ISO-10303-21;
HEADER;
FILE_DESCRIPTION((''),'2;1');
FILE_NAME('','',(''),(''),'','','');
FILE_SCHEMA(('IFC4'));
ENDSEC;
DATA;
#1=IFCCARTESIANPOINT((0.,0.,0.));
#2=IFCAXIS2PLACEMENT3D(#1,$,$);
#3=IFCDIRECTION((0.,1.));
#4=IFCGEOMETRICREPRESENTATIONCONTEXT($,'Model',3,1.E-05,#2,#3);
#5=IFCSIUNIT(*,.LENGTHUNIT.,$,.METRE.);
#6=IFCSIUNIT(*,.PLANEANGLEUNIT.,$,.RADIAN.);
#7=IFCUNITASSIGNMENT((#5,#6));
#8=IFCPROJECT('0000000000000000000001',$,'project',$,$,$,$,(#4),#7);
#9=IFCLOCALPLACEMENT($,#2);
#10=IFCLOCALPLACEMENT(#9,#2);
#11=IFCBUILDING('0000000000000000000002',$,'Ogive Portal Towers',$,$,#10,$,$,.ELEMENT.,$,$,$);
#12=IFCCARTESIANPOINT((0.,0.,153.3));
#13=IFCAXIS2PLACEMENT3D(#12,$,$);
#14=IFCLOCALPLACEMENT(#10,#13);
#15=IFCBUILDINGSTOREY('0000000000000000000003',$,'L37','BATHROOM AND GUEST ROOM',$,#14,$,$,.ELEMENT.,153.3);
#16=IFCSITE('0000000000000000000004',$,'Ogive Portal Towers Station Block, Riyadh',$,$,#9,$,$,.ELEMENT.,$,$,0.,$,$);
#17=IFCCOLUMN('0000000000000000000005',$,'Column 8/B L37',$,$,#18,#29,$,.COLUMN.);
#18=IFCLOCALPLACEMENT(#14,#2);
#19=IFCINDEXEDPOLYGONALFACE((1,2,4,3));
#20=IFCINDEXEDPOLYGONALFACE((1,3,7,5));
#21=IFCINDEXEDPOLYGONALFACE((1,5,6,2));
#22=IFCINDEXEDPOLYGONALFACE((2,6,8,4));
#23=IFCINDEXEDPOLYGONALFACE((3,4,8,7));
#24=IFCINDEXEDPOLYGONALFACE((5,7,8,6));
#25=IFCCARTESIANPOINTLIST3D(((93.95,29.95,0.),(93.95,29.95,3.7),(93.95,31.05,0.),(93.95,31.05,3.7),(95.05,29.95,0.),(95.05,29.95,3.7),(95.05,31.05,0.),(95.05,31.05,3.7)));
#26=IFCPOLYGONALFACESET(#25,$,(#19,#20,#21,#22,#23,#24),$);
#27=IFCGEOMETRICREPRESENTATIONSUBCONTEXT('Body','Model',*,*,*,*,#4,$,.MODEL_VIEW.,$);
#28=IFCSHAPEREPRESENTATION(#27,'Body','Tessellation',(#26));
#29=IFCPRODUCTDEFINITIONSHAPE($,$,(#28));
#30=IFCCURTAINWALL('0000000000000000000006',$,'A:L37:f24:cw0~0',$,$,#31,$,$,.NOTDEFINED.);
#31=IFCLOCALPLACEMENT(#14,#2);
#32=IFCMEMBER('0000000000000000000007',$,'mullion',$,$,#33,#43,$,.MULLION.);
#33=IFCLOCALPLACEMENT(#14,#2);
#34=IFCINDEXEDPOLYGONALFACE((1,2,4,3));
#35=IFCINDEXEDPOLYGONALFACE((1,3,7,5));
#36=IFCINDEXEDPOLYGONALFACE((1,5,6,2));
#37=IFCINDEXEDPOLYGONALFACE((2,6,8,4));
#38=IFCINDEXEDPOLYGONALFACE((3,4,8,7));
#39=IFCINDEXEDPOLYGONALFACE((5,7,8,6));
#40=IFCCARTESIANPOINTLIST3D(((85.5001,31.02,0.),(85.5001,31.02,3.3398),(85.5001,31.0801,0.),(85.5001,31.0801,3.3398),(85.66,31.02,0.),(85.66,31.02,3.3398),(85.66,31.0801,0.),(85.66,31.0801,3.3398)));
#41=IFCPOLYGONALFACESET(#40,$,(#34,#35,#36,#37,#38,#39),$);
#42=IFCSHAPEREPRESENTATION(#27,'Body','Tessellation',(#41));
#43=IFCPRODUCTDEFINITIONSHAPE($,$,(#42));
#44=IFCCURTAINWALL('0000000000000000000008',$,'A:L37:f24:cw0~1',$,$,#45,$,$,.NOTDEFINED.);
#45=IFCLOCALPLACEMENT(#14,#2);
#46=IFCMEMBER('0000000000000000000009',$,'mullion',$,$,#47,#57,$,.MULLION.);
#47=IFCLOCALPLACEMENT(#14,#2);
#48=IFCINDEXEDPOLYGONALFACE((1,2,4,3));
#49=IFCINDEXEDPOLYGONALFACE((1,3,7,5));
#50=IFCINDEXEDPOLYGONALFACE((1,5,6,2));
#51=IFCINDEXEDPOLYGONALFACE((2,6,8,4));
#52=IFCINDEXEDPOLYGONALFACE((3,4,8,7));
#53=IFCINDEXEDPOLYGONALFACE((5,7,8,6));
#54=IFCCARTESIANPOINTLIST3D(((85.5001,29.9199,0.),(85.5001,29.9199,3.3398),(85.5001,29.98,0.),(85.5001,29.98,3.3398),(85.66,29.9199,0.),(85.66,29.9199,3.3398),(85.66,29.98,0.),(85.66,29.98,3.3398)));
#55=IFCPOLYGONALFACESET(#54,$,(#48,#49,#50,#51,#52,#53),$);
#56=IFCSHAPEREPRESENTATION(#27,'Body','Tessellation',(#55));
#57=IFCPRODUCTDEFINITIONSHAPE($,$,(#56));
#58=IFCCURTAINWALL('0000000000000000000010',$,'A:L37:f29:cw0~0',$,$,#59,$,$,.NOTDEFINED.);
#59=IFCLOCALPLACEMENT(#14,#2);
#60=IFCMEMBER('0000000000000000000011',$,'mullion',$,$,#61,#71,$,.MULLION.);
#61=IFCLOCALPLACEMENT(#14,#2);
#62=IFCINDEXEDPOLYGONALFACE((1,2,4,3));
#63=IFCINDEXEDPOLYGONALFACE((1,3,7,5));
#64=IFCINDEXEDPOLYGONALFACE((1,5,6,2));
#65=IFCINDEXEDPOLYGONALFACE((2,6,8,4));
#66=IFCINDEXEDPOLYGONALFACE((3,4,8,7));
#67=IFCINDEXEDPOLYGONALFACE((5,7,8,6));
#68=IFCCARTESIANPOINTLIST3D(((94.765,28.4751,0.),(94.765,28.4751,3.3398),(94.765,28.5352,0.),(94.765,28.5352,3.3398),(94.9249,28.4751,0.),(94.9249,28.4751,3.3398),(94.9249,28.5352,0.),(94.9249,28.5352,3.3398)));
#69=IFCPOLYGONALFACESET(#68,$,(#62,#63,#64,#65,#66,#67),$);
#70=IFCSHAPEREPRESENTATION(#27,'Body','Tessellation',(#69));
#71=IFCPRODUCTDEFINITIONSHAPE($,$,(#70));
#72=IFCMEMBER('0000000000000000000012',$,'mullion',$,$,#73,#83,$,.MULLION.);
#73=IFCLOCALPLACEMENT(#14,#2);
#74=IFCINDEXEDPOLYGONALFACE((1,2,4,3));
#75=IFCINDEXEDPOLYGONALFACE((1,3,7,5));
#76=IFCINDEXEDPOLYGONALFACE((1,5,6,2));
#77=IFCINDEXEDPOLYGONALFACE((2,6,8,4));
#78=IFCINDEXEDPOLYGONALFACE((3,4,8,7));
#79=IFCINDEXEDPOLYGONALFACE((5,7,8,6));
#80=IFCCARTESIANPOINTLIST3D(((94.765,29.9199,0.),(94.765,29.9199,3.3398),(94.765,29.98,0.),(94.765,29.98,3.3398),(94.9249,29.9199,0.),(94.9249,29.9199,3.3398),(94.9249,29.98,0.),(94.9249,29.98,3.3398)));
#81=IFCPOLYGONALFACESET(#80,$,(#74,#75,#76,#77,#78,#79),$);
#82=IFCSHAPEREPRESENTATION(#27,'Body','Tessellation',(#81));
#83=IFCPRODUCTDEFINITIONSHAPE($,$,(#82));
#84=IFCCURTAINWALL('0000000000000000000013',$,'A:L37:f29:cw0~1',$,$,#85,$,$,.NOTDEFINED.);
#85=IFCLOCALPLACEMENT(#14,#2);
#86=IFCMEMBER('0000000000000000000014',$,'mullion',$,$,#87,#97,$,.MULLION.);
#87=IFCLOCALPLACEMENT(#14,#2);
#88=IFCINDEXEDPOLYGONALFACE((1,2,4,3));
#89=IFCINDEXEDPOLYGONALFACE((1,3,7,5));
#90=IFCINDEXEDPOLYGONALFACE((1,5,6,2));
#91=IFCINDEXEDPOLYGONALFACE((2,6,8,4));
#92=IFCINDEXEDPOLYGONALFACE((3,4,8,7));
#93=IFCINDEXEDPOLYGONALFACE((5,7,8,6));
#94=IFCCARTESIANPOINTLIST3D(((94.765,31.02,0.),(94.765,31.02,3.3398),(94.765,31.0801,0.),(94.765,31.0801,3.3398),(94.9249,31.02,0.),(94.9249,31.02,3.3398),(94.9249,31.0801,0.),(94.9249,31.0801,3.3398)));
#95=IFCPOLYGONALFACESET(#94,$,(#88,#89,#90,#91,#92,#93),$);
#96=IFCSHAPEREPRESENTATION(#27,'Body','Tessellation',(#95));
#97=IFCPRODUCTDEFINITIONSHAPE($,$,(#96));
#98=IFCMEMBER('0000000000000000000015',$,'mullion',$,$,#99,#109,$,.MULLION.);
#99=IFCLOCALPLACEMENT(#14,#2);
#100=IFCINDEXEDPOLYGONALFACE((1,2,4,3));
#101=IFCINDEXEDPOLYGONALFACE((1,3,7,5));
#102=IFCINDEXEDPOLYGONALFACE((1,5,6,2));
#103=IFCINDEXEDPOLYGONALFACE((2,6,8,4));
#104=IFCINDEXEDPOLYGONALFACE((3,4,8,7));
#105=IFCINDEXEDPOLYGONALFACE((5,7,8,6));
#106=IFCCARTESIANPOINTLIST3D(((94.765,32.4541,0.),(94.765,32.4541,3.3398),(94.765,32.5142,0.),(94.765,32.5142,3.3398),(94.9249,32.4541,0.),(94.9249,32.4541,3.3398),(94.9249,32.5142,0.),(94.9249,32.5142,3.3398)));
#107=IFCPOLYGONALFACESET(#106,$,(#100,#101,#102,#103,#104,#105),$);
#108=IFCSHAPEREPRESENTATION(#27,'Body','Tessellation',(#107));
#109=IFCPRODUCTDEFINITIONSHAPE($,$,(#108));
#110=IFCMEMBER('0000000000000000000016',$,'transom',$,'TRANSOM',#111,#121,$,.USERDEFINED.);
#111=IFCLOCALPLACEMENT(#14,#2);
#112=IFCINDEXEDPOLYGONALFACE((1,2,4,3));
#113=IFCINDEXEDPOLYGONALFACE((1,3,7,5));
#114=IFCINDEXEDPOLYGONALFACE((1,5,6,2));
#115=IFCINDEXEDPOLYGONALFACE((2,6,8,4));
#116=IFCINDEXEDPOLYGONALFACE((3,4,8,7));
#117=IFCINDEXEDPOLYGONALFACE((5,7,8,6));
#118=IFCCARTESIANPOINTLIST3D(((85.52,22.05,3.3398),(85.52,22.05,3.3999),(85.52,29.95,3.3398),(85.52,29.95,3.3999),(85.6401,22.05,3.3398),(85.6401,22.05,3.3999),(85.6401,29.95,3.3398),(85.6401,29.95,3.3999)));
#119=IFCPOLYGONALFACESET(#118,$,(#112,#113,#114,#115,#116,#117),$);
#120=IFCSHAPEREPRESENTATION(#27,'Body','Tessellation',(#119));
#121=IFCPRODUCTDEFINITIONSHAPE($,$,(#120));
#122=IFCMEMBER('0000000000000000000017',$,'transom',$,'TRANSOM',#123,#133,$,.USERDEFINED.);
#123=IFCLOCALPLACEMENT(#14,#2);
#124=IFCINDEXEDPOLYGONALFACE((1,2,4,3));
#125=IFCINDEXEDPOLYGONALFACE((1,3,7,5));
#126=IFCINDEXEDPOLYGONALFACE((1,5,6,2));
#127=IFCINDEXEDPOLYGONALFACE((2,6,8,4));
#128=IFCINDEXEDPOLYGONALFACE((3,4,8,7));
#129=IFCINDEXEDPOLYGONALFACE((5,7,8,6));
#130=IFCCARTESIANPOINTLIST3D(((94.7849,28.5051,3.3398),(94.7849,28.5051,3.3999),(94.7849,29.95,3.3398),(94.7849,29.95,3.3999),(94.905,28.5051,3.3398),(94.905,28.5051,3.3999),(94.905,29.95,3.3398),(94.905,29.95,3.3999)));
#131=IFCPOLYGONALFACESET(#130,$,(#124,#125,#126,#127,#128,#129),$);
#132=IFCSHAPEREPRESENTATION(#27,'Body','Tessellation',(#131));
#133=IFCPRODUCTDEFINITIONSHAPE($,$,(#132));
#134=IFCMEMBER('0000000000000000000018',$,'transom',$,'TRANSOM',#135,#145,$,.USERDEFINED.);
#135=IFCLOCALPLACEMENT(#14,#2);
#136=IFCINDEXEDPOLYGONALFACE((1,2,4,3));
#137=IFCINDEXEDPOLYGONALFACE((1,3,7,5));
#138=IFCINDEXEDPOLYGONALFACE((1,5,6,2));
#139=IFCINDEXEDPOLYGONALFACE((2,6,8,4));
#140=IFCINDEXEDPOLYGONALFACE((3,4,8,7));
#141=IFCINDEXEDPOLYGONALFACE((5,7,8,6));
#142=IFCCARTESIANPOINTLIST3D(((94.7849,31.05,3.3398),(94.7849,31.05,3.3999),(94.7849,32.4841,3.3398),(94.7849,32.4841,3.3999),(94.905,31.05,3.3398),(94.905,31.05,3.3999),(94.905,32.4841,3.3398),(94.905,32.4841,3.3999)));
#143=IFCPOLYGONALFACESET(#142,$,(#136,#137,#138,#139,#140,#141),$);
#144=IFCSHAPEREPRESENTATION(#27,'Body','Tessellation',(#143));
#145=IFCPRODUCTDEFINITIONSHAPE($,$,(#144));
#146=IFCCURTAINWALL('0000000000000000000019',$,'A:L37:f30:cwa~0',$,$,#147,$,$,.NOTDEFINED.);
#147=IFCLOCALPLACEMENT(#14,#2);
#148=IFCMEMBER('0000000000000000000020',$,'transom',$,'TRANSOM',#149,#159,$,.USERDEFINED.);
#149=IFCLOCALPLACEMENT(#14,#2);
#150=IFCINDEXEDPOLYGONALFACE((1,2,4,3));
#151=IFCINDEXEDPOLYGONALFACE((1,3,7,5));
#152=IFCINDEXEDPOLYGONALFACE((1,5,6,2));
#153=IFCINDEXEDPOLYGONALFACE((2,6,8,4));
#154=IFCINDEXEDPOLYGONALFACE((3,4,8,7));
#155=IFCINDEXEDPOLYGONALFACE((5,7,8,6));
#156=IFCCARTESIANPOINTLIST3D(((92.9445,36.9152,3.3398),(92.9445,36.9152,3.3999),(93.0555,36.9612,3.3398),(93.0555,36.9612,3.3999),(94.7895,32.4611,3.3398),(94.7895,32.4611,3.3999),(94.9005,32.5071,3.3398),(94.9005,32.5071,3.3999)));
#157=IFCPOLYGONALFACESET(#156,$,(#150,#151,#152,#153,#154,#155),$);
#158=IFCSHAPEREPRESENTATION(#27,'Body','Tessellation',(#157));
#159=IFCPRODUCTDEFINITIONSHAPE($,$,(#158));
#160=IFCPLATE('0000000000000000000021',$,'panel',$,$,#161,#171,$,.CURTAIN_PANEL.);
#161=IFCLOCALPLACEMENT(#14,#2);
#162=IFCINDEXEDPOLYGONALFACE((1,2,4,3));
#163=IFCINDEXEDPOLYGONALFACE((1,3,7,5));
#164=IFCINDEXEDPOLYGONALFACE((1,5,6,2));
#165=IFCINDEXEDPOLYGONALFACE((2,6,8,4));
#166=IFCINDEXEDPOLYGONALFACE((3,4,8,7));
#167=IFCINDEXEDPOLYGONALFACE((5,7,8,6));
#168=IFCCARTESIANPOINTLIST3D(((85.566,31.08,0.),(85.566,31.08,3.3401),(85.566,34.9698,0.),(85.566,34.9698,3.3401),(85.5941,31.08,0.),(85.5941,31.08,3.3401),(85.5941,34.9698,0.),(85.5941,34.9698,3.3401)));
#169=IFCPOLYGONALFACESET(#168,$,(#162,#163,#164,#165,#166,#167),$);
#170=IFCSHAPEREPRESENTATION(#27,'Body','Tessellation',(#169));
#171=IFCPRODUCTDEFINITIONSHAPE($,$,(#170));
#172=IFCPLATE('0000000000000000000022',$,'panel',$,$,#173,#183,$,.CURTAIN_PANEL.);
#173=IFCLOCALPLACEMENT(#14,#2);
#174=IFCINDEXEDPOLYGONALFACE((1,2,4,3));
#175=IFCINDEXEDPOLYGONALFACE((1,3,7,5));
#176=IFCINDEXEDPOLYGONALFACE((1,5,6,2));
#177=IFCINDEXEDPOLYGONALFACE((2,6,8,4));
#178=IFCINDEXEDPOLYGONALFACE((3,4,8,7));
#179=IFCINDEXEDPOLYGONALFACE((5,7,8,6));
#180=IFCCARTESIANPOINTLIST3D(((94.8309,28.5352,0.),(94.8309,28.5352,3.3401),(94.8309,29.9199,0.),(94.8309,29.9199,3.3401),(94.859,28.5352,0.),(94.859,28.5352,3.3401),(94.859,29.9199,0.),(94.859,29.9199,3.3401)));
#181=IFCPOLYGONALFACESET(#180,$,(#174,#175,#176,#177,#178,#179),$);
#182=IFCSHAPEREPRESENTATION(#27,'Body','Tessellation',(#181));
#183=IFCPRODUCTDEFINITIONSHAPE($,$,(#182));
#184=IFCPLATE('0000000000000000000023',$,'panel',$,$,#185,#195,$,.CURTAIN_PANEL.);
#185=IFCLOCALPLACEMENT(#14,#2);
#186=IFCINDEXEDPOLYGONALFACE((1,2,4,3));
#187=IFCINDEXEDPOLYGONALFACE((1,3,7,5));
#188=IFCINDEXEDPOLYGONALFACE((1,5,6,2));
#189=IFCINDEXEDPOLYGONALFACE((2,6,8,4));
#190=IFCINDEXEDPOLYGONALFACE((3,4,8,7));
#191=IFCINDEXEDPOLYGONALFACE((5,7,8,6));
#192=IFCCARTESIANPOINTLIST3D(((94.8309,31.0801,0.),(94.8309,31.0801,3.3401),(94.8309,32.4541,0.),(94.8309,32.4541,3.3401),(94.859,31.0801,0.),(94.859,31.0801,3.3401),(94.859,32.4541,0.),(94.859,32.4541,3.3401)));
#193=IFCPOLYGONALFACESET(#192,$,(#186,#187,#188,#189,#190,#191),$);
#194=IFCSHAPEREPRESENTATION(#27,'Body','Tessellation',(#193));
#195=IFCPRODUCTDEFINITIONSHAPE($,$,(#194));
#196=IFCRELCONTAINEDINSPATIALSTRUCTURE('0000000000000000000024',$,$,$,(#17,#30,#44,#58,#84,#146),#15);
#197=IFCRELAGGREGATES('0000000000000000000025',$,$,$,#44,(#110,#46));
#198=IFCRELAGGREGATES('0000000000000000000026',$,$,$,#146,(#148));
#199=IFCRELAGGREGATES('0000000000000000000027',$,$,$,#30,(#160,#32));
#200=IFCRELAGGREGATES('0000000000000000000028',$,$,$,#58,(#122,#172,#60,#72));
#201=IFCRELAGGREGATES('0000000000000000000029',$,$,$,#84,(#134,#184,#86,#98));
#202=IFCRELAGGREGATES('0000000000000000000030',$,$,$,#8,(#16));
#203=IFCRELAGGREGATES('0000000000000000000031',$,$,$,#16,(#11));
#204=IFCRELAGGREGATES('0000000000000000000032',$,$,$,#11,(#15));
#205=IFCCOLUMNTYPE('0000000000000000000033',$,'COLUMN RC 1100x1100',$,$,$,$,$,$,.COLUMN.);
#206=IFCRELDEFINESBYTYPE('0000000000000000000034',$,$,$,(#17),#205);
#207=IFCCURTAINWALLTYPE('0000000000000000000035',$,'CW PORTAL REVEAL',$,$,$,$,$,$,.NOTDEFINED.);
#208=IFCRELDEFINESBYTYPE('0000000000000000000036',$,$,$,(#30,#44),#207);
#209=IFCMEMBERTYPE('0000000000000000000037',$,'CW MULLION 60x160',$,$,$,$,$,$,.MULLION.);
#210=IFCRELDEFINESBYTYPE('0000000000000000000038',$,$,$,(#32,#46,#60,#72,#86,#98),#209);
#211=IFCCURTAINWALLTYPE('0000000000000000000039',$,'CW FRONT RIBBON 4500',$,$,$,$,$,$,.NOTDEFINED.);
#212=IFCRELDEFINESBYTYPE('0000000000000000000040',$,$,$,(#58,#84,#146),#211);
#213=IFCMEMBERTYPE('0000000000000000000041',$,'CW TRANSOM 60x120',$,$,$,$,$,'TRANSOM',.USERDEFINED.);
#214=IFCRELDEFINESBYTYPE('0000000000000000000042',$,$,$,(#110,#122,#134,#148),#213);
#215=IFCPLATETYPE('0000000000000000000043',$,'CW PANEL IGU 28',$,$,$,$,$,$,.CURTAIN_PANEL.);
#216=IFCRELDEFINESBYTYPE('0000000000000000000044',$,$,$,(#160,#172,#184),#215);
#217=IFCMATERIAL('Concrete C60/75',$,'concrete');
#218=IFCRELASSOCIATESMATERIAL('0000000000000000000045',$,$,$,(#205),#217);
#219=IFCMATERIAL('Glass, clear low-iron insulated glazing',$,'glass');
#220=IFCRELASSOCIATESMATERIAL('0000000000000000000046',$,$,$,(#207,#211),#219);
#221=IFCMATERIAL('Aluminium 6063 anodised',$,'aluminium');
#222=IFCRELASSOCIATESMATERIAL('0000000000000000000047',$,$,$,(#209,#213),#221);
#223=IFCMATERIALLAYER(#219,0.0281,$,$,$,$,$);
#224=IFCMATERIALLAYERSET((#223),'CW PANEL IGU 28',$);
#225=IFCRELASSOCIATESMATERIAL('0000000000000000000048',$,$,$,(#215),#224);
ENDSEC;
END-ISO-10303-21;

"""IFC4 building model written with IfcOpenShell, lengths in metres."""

from ifc_helpers import new_model, si_unit, direction, frame, origin, origin_2d, place, context, subcontext, project, spatial, rectangle, extrude, material, layer, layer_set, material_profile, profile_set, type_object, element, aggregate, save


model = new_model("IFC4")

# Units and contexts
model_context = context("Model", 3, precision=1e-05, world=origin(), true_north=direction((0.0, 1.0)))
body_context = subcontext(model_context, "Body", "Model", "MODEL_VIEW")
ifc_project = project(units=[si_unit("LENGTHUNIT", "METRE"), si_unit("PLANEANGLEUNIT", "RADIAN")], contexts=[model_context])

# Site, building, storey
site_placement = place(None, origin())
site = spatial("IfcSite", under=ifc_project, at=site_placement, Name="Ogive Portal Towers Station Block, Riyadh", CompositionType="ELEMENT", RefElevation=0.0)
building_placement = place(site_placement, origin())
building = spatial("IfcBuilding", under=site, at=building_placement, Name="Ogive Portal Towers", CompositionType="ELEMENT")
storey_placement = place(building_placement, frame((0.0, 0.0, 153.3)))
storey = spatial("IfcBuildingStorey", under=building, at=storey_placement, Name="L37", Description="BATHROOM AND GUEST ROOM", CompositionType="ELEMENT", Elevation=153.3)

# Column
ifc_material_1 = material(Name="Concrete C60/75", Category="concrete")
ifc_material_profile_1 = material_profile(ifc_material_1, rectangle(XDim=1.1001, YDim=1.1001, at=origin_2d()), Name="RC 1100x1100")
ifc_profile_set_1 = profile_set([ifc_material_profile_1], Name="Concrete C60/75")
column_type = type_object("IfcColumnType", Name="COLUMN RC 1100x1100", PredefinedType="COLUMN", material=ifc_profile_set_1)
column_placement = place(storey_placement, frame((94.5, 30.5, 0.0), z_axis=(0.0, 0.0, 1.0), x_axis=(1.0, 0.0, 0.0)))
element("IfcColumn", 1, at=column_placement, inside=storey, type_object=column_type, Name="Column 8/B L37", PredefinedType="COLUMN", context=body_context, shape_type="SweptSolid", body=[
    extrude(rectangle(XDim=1.1001, YDim=1.1001, at=origin_2d()), origin(), (0.0, 0.0, 1.0), 3.7),
])

# Curtain walls, members
ifc_material_2 = material(Name="Glass, clear low-iron insulated glazing", Category="glass")
curtain_wall_type_1 = type_object("IfcCurtainWallType", Name="CW PORTAL REVEAL", PredefinedType="NOTDEFINED", material=ifc_material_2)
curtain_wall_1_placement = place(storey_placement, origin())
curtain_wall_1 = element("IfcCurtainWall", 2, at=curtain_wall_1_placement, inside=storey, type_object=curtain_wall_type_1, Name="A:L37:f24:cw0~0", PredefinedType="NOTDEFINED")
ifc_material_3 = material(Name="Aluminium 6063 anodised", Category="aluminium")
ifc_material_profile_2 = material_profile(ifc_material_3, rectangle(XDim=0.1599, YDim=0.0601, at=origin_2d()), Name="AL 60x160")
ifc_profile_set_2 = profile_set([ifc_material_profile_2], Name="Aluminium 6063 anodised")
member_type_1 = type_object("IfcMemberType", Name="CW MULLION 60x160", PredefinedType="MULLION", material=ifc_profile_set_2)
member_1_placement = place(storey_placement, frame((85.5801, 31.05, 0.0), z_axis=(0.0, 0.0, 1.0), x_axis=(1.0, 0.0, 0.0)))
member_1 = element("IfcMember", 3, at=member_1_placement, type_object=member_type_1, Name="mullion", PredefinedType="MULLION", context=body_context, shape_type="SweptSolid", body=[
    extrude(rectangle(XDim=0.1599, YDim=0.0601, at=origin_2d()), origin(), (0.0, 0.0, 1.0), 3.3398),
])
curtain_wall_2_placement = place(storey_placement, origin())
curtain_wall_2 = element("IfcCurtainWall", 4, at=curtain_wall_2_placement, inside=storey, type_object=curtain_wall_type_1, Name="A:L37:f24:cw0~1", PredefinedType="NOTDEFINED")
member_2_placement = place(storey_placement, frame((85.5801, 29.95, 0.0), z_axis=(0.0, 0.0, 1.0), x_axis=(1.0, 0.0, 0.0)))
member_2 = element("IfcMember", 5, at=member_2_placement, type_object=member_type_1, Name="mullion", PredefinedType="MULLION", context=body_context, shape_type="SweptSolid", body=[
    extrude(rectangle(XDim=0.1599, YDim=0.0601, at=origin_2d()), origin(), (0.0, 0.0, 1.0), 3.3398),
])

# Curtain walls, members
curtain_wall_type_2 = type_object("IfcCurtainWallType", Name="CW FRONT RIBBON 4500", PredefinedType="NOTDEFINED", material=ifc_material_2)
curtain_wall_3_placement = place(storey_placement, origin())
curtain_wall_3 = element("IfcCurtainWall", 6, at=curtain_wall_3_placement, inside=storey, type_object=curtain_wall_type_2, Name="A:L37:f29:cw0~0", PredefinedType="NOTDEFINED")
member_3_placement = place(storey_placement, frame((94.845, 28.5051, 0.0), z_axis=(0.0, 0.0, 1.0), x_axis=(-1.0, 0.0, 0.0)))
member_3 = element("IfcMember", 7, at=member_3_placement, type_object=member_type_1, Name="mullion", PredefinedType="MULLION", context=body_context, shape_type="SweptSolid", body=[
    extrude(rectangle(XDim=0.1599, YDim=0.0601, at=origin_2d()), origin(), (0.0, 0.0, 1.0), 3.3398),
])
member_4_placement = place(storey_placement, frame((94.845, 29.95, 0.0), z_axis=(0.0, 0.0, 1.0), x_axis=(-1.0, 0.0, 0.0)))
member_4 = element("IfcMember", 8, at=member_4_placement, type_object=member_type_1, Name="mullion", PredefinedType="MULLION", context=body_context, shape_type="SweptSolid", body=[
    extrude(rectangle(XDim=0.1599, YDim=0.0601, at=origin_2d()), origin(), (0.0, 0.0, 1.0), 3.3398),
])
curtain_wall_4_placement = place(storey_placement, origin())
curtain_wall_4 = element("IfcCurtainWall", 9, at=curtain_wall_4_placement, inside=storey, type_object=curtain_wall_type_2, Name="A:L37:f29:cw0~1", PredefinedType="NOTDEFINED")
member_5_placement = place(storey_placement, frame((94.845, 31.05, 0.0), z_axis=(0.0, 0.0, 1.0), x_axis=(-1.0, 0.0, 0.0)))
member_5 = element("IfcMember", 10, at=member_5_placement, type_object=member_type_1, Name="mullion", PredefinedType="MULLION", context=body_context, shape_type="SweptSolid", body=[
    extrude(rectangle(XDim=0.1599, YDim=0.0601, at=origin_2d()), origin(), (0.0, 0.0, 1.0), 3.3398),
])
member_6_placement = place(storey_placement, frame((94.845, 32.4841, 0.0), z_axis=(0.0, 0.0, 1.0), x_axis=(-1.0, 0.0, 0.0)))
member_6 = element("IfcMember", 11, at=member_6_placement, type_object=member_type_1, Name="mullion", PredefinedType="MULLION", context=body_context, shape_type="SweptSolid", body=[
    extrude(rectangle(XDim=0.1599, YDim=0.0601, at=origin_2d()), origin(), (0.0, 0.0, 1.0), 3.3398),
])

# Members
ifc_material_profile_3 = material_profile(ifc_material_3, rectangle(XDim=0.1201, YDim=0.0601, at=origin_2d()), Name="AL 120x60")
ifc_profile_set_3 = profile_set([ifc_material_profile_3], Name="Aluminium 6063 anodised")
member_type_2 = type_object("IfcMemberType", Name="CW TRANSOM 60x120", ElementType="TRANSOM", PredefinedType="USERDEFINED", material=ifc_profile_set_3)
member_7_placement = place(storey_placement, frame((85.5801, 29.95, 3.3699), z_axis=(0.0, -1.0, 0.0), x_axis=(1.0, 0.0, 0.0)))
member_7 = element("IfcMember", 12, at=member_7_placement, type_object=member_type_2, Name="transom", ObjectType="TRANSOM", PredefinedType="USERDEFINED", context=body_context, shape_type="SweptSolid", body=[
    extrude(rectangle(XDim=0.1201, YDim=0.0601, at=origin_2d()), origin(), (0.0, 0.0, 1.0), 7.8999),
])
aggregate(curtain_wall_2, [member_7, member_2])
member_8_placement = place(storey_placement, frame((94.845, 28.5051, 3.3699), z_axis=(0.0, 1.0, 0.0), x_axis=(-1.0, 0.0, 0.0)))
member_8 = element("IfcMember", 13, at=member_8_placement, type_object=member_type_2, Name="transom", ObjectType="TRANSOM", PredefinedType="USERDEFINED", context=body_context, shape_type="SweptSolid", body=[
    extrude(rectangle(XDim=0.1201, YDim=0.0601, at=origin_2d()), origin(), (0.0, 0.0, 1.0), 1.4448),
])
member_9_placement = place(storey_placement, frame((94.845, 31.05, 3.3699), z_axis=(0.0, 1.0, 0.0), x_axis=(-1.0, 0.0, 0.0)))
member_9 = element("IfcMember", 14, at=member_9_placement, type_object=member_type_2, Name="transom", ObjectType="TRANSOM", PredefinedType="USERDEFINED", context=body_context, shape_type="SweptSolid", body=[
    extrude(rectangle(XDim=0.1201, YDim=0.0601, at=origin_2d()), origin(), (0.0, 0.0, 1.0), 1.4341),
])

# Curtain wall, member
curtain_wall_5_placement = place(storey_placement, origin())
curtain_wall_5 = element("IfcCurtainWall", 15, at=curtain_wall_5_placement, inside=storey, type_object=curtain_wall_type_2, Name="A:L37:f30:cwa~0", PredefinedType="NOTDEFINED")
member_10_placement = place(storey_placement, frame((94.845, 32.4841, 3.3699), z_axis=(-0.382687, 0.923878, 0.0), x_axis=(-0.923878, -0.382687, 0.0)))
member_10 = element("IfcMember", 16, at=member_10_placement, type_object=member_type_2, Name="transom", ObjectType="TRANSOM", PredefinedType="USERDEFINED", context=body_context, shape_type="SweptSolid", body=[
    extrude(rectangle(XDim=0.1201, YDim=0.0601, at=origin_2d()), origin(), (0.0, 0.0, 1.0), 4.821),
])
aggregate(curtain_wall_5, [member_10])

# Plates
ifc_layer_1 = layer(ifc_material_2, 0.0281)
ifc_layer_set_1 = layer_set([ifc_layer_1], Name="CW PANEL IGU 28")
plate_type = type_object("IfcPlateType", Name="CW PANEL IGU 28", PredefinedType="CURTAIN_PANEL", material=ifc_layer_set_1)
plate_1_placement = place(storey_placement, frame((85.5801, 33.0249, 0.0), z_axis=(0.0, 0.0, 1.0), x_axis=(0.0, -1.0, 0.0)))
plate_1 = element("IfcPlate", 17, at=plate_1_placement, type_object=plate_type, Name="panel", PredefinedType="CURTAIN_PANEL", context=body_context, shape_type="SweptSolid", body=[
    extrude(rectangle(XDim=3.8899, YDim=0.0281, at=origin_2d()), origin(), (0.0, 0.0, 1.0), 3.3401),
])
aggregate(curtain_wall_1, [plate_1, member_1])
plate_2_placement = place(storey_placement, frame((94.845, 29.2275, 0.0), z_axis=(0.0, 0.0, 1.0), x_axis=(0.0, 1.0, 0.0)))
plate_2 = element("IfcPlate", 18, at=plate_2_placement, type_object=plate_type, Name="panel", PredefinedType="CURTAIN_PANEL", context=body_context, shape_type="SweptSolid", body=[
    extrude(rectangle(XDim=1.3848, YDim=0.0281, at=origin_2d()), origin(), (0.0, 0.0, 1.0), 3.3401),
])
aggregate(curtain_wall_3, [member_8, plate_2, member_3, member_4])
plate_3_placement = place(storey_placement, frame((94.845, 31.7671, 0.0), z_axis=(0.0, 0.0, 1.0), x_axis=(0.0, 1.0, 0.0)))
plate_3 = element("IfcPlate", 19, at=plate_3_placement, type_object=plate_type, Name="panel", PredefinedType="CURTAIN_PANEL", context=body_context, shape_type="SweptSolid", body=[
    extrude(rectangle(XDim=1.374, YDim=0.0281, at=origin_2d()), origin(), (0.0, 0.0, 1.0), 3.3401),
])
aggregate(curtain_wall_4, [member_9, plate_3, member_5, member_6])

save(model, "model.ifc")
